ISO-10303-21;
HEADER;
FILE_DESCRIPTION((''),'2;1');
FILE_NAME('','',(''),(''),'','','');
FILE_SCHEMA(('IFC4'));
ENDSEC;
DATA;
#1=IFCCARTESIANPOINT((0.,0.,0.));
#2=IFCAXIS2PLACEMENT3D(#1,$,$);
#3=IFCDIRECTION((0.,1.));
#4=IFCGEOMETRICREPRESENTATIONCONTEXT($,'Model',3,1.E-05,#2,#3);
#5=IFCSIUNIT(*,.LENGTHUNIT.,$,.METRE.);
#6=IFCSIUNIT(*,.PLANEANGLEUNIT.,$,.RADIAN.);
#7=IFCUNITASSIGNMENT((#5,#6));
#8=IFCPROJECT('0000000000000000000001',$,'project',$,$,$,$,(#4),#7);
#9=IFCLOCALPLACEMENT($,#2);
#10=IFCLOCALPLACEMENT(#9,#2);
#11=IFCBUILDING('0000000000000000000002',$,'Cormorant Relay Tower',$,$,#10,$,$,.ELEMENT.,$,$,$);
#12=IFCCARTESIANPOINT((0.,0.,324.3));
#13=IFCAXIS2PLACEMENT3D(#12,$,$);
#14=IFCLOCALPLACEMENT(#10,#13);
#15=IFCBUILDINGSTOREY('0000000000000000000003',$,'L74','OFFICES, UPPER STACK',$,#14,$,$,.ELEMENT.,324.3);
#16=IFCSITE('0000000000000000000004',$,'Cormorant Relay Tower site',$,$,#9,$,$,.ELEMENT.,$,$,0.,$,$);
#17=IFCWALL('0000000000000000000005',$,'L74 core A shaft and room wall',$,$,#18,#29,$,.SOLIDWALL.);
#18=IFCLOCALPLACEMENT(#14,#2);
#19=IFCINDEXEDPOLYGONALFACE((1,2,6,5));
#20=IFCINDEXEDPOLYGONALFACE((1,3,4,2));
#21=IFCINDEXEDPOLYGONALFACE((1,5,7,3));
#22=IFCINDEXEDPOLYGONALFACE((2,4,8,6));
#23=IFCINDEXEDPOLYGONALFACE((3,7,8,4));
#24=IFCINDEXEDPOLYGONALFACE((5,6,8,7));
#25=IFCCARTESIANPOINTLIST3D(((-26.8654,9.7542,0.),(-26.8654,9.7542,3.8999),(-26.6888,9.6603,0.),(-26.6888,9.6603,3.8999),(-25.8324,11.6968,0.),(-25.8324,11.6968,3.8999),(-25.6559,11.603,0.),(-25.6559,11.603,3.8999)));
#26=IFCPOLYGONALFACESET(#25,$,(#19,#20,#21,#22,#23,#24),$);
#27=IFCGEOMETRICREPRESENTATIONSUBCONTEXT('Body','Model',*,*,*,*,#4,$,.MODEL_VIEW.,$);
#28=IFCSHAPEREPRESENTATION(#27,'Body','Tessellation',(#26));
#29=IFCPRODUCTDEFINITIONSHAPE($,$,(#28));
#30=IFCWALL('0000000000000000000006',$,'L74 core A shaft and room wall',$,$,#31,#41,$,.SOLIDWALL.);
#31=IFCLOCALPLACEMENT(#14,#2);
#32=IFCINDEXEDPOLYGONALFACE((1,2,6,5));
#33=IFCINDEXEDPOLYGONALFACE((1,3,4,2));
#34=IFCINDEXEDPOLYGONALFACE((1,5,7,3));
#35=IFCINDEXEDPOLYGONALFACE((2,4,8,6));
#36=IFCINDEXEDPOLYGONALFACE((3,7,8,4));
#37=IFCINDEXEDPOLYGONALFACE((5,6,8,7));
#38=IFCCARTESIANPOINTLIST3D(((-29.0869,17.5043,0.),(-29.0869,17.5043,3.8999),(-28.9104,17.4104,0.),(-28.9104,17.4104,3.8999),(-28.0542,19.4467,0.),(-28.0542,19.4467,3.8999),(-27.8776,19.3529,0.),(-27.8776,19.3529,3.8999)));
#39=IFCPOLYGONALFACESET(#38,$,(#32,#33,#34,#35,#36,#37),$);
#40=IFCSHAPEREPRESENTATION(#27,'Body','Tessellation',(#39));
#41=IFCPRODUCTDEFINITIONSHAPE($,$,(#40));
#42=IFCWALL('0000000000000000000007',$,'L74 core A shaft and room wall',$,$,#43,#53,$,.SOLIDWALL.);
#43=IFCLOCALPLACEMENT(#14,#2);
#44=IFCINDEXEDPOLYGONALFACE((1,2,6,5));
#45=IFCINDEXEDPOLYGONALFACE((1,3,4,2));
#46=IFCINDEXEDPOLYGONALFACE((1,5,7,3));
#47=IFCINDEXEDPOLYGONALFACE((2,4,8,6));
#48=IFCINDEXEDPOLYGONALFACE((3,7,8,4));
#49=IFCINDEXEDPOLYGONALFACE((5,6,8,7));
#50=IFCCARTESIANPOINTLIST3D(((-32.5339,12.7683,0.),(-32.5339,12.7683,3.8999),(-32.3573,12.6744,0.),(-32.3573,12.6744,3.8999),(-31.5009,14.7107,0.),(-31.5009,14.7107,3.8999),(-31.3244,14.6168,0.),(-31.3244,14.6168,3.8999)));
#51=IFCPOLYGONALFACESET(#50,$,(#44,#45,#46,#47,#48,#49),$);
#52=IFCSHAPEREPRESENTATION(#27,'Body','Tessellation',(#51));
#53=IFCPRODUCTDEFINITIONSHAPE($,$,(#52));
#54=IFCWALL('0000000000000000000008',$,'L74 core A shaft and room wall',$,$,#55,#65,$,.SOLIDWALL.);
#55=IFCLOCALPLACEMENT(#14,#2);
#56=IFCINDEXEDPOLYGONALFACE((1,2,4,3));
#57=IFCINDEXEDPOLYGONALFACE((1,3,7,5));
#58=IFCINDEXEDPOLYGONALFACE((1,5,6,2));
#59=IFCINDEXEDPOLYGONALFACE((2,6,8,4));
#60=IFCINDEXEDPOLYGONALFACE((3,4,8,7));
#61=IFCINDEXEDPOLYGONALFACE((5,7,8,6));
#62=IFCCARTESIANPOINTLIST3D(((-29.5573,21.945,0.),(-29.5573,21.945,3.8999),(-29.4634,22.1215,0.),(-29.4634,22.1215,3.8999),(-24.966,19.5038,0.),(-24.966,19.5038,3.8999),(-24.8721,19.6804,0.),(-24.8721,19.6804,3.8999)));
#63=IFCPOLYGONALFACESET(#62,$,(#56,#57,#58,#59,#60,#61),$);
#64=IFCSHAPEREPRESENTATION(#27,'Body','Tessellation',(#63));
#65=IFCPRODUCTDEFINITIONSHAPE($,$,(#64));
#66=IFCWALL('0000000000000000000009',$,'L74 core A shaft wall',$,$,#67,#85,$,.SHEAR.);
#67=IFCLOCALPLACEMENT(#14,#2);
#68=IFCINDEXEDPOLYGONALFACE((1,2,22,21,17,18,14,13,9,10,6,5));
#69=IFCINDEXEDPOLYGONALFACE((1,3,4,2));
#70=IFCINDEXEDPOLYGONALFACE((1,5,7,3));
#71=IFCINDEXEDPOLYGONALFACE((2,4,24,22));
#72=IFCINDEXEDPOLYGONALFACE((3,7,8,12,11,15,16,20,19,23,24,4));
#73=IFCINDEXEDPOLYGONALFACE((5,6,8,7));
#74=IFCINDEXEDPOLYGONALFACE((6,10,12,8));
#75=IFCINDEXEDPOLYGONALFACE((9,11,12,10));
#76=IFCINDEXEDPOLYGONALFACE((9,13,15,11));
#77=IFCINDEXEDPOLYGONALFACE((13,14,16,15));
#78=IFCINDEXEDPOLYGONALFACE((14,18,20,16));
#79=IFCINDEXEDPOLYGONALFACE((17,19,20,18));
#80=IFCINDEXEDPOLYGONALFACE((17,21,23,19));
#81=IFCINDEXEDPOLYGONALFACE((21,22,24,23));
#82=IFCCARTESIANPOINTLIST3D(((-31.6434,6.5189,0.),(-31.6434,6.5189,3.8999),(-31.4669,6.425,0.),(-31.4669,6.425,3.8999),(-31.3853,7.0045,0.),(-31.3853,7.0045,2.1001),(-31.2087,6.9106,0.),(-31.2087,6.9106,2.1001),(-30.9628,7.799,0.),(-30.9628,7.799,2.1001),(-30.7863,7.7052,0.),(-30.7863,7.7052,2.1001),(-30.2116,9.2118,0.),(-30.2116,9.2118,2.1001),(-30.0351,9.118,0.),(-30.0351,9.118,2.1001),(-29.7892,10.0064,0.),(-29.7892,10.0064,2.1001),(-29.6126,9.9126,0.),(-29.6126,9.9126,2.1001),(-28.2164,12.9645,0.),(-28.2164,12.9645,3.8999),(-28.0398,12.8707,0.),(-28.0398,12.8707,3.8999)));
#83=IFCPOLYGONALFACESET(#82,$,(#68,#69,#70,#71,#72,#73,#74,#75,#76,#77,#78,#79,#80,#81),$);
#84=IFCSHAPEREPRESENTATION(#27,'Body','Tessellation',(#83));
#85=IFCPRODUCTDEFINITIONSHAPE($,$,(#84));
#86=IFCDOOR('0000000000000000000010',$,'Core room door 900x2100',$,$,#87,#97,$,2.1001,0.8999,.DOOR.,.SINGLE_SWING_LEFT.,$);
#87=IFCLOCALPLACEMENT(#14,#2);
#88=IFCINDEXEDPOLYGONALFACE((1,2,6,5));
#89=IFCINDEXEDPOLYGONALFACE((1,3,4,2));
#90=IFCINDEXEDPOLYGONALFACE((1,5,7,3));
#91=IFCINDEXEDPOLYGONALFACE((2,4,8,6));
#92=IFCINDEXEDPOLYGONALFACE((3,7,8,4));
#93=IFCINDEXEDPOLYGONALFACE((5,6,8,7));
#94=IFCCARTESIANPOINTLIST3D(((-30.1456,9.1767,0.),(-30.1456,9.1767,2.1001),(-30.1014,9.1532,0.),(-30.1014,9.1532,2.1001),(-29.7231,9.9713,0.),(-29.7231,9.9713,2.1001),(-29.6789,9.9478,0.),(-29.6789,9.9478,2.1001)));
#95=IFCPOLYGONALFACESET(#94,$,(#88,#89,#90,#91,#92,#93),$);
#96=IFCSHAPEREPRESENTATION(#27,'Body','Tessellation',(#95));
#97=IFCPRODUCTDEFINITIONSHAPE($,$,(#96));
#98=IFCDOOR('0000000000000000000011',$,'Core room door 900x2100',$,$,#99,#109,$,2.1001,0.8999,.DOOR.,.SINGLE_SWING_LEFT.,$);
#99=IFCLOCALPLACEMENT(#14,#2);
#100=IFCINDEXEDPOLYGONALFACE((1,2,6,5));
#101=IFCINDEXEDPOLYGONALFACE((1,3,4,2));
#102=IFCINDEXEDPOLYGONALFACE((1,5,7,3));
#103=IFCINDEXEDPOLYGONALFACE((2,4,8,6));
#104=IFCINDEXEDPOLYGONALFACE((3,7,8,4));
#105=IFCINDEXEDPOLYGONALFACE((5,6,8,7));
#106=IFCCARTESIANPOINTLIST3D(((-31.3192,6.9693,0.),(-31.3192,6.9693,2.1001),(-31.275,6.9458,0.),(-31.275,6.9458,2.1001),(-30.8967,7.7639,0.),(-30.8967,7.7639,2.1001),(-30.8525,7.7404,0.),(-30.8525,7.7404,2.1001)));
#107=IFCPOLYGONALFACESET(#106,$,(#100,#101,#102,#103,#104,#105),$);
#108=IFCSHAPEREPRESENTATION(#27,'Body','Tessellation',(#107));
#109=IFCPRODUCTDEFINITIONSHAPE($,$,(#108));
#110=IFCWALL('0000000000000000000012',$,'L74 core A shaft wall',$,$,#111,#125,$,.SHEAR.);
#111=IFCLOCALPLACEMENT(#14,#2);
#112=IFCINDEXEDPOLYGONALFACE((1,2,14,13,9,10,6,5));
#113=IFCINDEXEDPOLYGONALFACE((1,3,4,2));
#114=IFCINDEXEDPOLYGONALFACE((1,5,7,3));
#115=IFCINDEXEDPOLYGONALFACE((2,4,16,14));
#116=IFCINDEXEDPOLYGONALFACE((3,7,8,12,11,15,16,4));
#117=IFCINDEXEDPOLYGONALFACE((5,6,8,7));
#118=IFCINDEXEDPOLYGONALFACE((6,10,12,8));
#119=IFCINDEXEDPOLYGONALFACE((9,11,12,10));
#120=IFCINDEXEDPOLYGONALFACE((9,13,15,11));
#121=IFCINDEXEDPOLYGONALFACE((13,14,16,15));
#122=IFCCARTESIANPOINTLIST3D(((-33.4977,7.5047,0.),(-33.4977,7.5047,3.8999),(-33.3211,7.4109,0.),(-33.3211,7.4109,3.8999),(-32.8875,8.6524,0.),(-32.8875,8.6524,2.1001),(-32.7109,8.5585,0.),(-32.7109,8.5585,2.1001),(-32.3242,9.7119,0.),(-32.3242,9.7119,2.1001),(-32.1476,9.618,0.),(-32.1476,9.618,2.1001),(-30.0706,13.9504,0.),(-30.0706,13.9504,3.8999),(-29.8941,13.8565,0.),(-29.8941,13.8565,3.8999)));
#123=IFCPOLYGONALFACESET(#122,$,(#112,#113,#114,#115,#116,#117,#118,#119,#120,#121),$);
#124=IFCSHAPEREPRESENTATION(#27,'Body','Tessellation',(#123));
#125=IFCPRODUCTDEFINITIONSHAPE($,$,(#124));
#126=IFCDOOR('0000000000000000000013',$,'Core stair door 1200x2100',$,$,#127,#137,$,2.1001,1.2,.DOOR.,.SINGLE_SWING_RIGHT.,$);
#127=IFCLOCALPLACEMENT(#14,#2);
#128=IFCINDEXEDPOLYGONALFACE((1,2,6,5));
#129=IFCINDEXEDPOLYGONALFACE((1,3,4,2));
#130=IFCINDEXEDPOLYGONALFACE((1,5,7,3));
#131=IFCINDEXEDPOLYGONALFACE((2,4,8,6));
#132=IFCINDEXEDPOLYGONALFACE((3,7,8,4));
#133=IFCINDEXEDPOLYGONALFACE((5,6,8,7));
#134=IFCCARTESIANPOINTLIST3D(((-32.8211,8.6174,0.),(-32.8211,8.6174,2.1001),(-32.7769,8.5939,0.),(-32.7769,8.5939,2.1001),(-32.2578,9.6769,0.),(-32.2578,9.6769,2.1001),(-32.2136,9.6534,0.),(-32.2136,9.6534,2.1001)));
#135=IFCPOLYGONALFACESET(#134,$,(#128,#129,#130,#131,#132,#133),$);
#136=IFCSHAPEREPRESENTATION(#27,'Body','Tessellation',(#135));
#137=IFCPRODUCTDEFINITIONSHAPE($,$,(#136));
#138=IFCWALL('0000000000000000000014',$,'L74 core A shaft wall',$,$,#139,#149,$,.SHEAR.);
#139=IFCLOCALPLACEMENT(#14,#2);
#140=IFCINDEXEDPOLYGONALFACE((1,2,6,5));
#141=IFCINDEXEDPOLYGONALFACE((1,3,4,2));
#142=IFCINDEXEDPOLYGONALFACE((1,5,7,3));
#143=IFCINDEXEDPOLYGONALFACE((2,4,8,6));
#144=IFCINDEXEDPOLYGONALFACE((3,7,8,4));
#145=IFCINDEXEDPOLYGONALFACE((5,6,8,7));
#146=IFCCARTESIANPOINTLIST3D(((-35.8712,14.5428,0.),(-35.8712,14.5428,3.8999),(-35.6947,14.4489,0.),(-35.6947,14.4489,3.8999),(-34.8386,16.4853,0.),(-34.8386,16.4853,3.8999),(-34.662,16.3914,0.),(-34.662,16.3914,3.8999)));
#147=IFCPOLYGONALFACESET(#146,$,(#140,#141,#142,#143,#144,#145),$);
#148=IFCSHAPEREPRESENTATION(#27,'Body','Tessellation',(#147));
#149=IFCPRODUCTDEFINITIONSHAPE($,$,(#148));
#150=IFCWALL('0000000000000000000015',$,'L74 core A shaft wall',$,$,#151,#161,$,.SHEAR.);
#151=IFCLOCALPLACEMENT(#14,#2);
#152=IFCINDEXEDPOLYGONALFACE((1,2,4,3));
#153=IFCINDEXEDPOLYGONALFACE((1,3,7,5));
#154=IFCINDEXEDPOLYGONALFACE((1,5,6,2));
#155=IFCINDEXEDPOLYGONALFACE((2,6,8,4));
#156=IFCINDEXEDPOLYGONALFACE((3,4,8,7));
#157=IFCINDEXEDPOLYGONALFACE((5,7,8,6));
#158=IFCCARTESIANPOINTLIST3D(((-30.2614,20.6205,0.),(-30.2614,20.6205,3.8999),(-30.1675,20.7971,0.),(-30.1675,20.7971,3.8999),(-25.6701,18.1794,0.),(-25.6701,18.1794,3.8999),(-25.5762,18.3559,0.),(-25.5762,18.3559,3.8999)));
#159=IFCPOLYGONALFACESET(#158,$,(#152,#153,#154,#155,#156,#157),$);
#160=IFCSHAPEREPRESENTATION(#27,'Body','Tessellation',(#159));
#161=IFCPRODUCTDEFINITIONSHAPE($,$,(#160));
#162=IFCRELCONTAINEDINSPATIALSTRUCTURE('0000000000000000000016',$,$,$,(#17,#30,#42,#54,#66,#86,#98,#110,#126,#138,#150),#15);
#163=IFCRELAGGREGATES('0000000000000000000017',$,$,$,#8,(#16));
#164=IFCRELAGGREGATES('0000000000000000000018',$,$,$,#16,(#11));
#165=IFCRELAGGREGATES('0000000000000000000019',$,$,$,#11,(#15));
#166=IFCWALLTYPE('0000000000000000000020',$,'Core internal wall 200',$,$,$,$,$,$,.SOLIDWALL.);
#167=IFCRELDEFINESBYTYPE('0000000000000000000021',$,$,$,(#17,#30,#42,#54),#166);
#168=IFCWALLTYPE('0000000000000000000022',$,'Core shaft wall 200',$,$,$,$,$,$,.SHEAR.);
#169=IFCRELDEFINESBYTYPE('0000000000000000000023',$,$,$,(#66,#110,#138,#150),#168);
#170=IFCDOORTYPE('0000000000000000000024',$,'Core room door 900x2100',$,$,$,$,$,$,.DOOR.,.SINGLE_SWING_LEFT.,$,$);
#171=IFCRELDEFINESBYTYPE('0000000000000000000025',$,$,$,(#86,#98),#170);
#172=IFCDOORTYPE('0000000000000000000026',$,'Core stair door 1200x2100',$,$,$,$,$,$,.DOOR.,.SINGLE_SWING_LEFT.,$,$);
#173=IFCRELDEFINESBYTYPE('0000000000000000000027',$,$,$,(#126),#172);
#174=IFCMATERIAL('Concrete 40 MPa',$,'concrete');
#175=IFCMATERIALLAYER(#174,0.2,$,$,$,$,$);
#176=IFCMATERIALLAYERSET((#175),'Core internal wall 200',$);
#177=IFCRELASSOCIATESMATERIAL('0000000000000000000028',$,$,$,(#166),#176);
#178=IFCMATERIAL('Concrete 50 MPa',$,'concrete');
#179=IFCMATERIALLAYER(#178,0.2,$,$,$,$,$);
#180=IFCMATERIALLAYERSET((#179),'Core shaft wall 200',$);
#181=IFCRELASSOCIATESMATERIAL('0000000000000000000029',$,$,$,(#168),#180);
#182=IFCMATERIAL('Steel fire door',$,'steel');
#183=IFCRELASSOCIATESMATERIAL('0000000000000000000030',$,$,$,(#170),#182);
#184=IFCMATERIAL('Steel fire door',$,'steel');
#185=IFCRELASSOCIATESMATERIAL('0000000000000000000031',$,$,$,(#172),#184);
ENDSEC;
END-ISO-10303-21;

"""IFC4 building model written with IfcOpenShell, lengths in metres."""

from ifc_helpers import new_model, si_unit, direction, frame, frame_2d, origin, place, context, subcontext, project, spatial, rectangle, extrude, material, layer, layer_set, type_object, element, fill, save


model = new_model("IFC4")

# Units and contexts
model_context = context("Model", 3, precision=1e-05, world=origin(), true_north=direction((0.0, 1.0)))
body_context = subcontext(model_context, "Body", "Model", "MODEL_VIEW")
ifc_project = project(units=[si_unit("LENGTHUNIT", "METRE"), si_unit("PLANEANGLEUNIT", "RADIAN")], contexts=[model_context])

# Site, building, storey
site_placement = place(None, origin())
site = spatial("IfcSite", under=ifc_project, at=site_placement, Name="Cormorant Relay Tower site", CompositionType="ELEMENT", RefElevation=0.0)
building_placement = place(site_placement, origin())
building = spatial("IfcBuilding", under=site, at=building_placement, Name="Cormorant Relay Tower", CompositionType="ELEMENT")
storey_placement = place(building_placement, frame((0.0, 0.0, 324.3)))
storey = spatial("IfcBuildingStorey", under=building, at=storey_placement, Name="L74", Description="OFFICES, UPPER STACK", CompositionType="ELEMENT", Elevation=324.3)

# Walls
ifc_material_1 = material(Name="Concrete 40 MPa", Category="concrete")
ifc_layer_1 = layer(ifc_material_1, 0.2)
ifc_layer_set_1 = layer_set([ifc_layer_1], Name="Core internal wall 200")
wall_type_1 = type_object("IfcWallType", Name="Core internal wall 200", PredefinedType="SOLIDWALL", material=ifc_layer_set_1)
wall_1_placement = place(storey_placement, frame((-25.7441, 11.6499, 0.0), z_axis=(0.0, 0.0, 1.0), x_axis=(-0.469488, -0.882939, 0.0)))
element("IfcWall", 1, at=wall_1_placement, inside=storey, type_object=wall_type_1, Name="L74 core A shaft and room wall", PredefinedType="SOLIDWALL", context=body_context, shape_type="SweptSolid", body=[
    extrude(rectangle(XDim=2.2002, YDim=0.2, at=frame_2d((1.1001, 0.0))), origin(), (0.0, 0.0, 1.0), 3.8999),
])
for number, where, z_axis, x_axis, name in (
    (2, (-27.9658, 19.3999, 0.0), (0.0, 0.0, 1.0), (-0.469447, -0.88296, 0.0), "L74 core A shaft and room wall"),
    (3, (-31.4126, 14.6638, 0.0), (0.0, 0.0, 1.0), (-0.469534, -0.882914, 0.0), "L74 core A shaft and room wall"),
):
    element("IfcWall", number, at=place(storey_placement, frame(where, z_axis=z_axis, x_axis=x_axis)), inside=storey, type_object=wall_type_1, Name=name, PredefinedType="SOLIDWALL", context=body_context, shape_type="SweptSolid", body=[
        extrude(rectangle(XDim=2.2, YDim=0.2, at=frame_2d((1.1001, 0.0))), origin(), (0.0, 0.0, 1.0), 3.8999),
    ])
wall_2_placement = place(storey_placement, frame((-24.9189, 19.592, 0.0), z_axis=(0.0, 0.0, 1.0), x_axis=(-0.882954, 0.46946, 0.0)))
element("IfcWall", 4, at=wall_2_placement, inside=storey, type_object=wall_type_1, Name="L74 core A shaft and room wall", PredefinedType="SOLIDWALL", context=body_context, shape_type="SweptSolid", body=[
    extrude(rectangle(XDim=5.2, YDim=0.2, at=frame_2d((2.6001, 0.0))), origin(), (0.0, 0.0, 1.0), 3.8999),
])

# Wall, openings, doors
ifc_material_2 = material(Name="Concrete 50 MPa", Category="concrete")
ifc_layer_2 = layer(ifc_material_2, 0.2)
ifc_layer_set_2 = layer_set([ifc_layer_2], Name="Core shaft wall 200")
wall_type_2 = type_object("IfcWallType", Name="Core shaft wall 200", PredefinedType="SHEAR", material=ifc_layer_set_2)
wall_3_placement = place(storey_placement, frame((-28.1282, 12.9175, 0.0), z_axis=(0.0, 0.0, 1.0), x_axis=(-0.469454, -0.882957, 0.0)))
wall_3 = element("IfcWall", 5, at=wall_3_placement, inside=storey, type_object=wall_type_2, Name="L74 core A shaft wall", PredefinedType="SHEAR", context=body_context, shape_type="SweptSolid", body=[
    extrude(rectangle(XDim=7.3, YDim=0.2, at=frame_2d((3.6499, 0.0))), origin(), (0.0, 0.0, 1.0), 3.8999),
])
opening_1_placement = place(wall_3_placement, frame((3.3501, 0.0, 0.0)))
opening_1 = element("IfcOpeningElement", 6, at=opening_1_placement, cuts=wall_3, PredefinedType="OPENING", context=body_context, shape_type="SweptSolid", body=[
    extrude(rectangle(XDim=0.8999, YDim=2.1001, at=frame_2d((0.45, 1.05))), frame((0.0, 0.1099, 0.0), z_axis=(0.0, -1.0, 0.0), x_axis=(1.0, 0.0, 0.0)), (0.0, 0.0, 1.0), 0.22),
])
opening_2_placement = place(wall_3_placement, frame((5.8501, 0.0, 0.0)))
opening_2 = element("IfcOpeningElement", 7, at=opening_2_placement, cuts=wall_3, PredefinedType="OPENING", context=body_context, shape_type="SweptSolid", body=[
    extrude(rectangle(XDim=0.8999, YDim=2.1001, at=frame_2d((0.45, 1.05))), frame((0.0, 0.1099, 0.0), z_axis=(0.0, -1.0, 0.0), x_axis=(1.0, 0.0, 0.0)), (0.0, 0.0, 1.0), 0.22),
])
ifc_material_3 = material(Name="Steel fire door", Category="steel")
door_type_1 = type_object("IfcDoorType", Name="Core room door 900x2100", OperationType="SINGLE_SWING_LEFT", PredefinedType="DOOR", material=ifc_material_3)
door_1_placement = place(opening_1_placement, origin())
door_1 = element("IfcDoor", 8, at=door_1_placement, inside=storey, type_object=door_type_1, Name="Core room door 900x2100", OperationType="SINGLE_SWING_LEFT", OverallHeight=2.1001, OverallWidth=0.8999, PredefinedType="DOOR", context=body_context, shape_type="SweptSolid", body=[
    extrude(rectangle(XDim=0.8999, YDim=2.1001, at=frame_2d((0.45, 1.05))), frame((0.0, 0.0249, 0.0), z_axis=(0.0, -1.0, 0.0), x_axis=(1.0, 0.0, 0.0)), (0.0, 0.0, 1.0), 0.05),
])
fill(opening_1, door_1)
door_2_placement = place(opening_2_placement, origin())
door_2 = element("IfcDoor", 9, at=door_2_placement, inside=storey, type_object=door_type_1, Name="Core room door 900x2100", OperationType="SINGLE_SWING_LEFT", OverallHeight=2.1001, OverallWidth=0.8999, PredefinedType="DOOR", context=body_context, shape_type="SweptSolid", body=[
    extrude(rectangle(XDim=0.8999, YDim=2.1001, at=frame_2d((0.45, 1.05))), frame((0.0, 0.0249, 0.0), z_axis=(0.0, -1.0, 0.0), x_axis=(1.0, 0.0, 0.0)), (0.0, 0.0, 1.0), 0.05),
])
fill(opening_2, door_2)

# Wall, opening, door
wall_4_placement = place(storey_placement, frame((-29.9824, 13.9033, 0.0), z_axis=(0.0, 0.0, 1.0), x_axis=(-0.469454, -0.882957, 0.0)))
wall_4 = element("IfcWall", 10, at=wall_4_placement, inside=storey, type_object=wall_type_2, Name="L74 core A shaft wall", PredefinedType="SHEAR", context=body_context, shape_type="SweptSolid", body=[
    extrude(rectangle(XDim=7.3, YDim=0.2, at=frame_2d((3.6499, 0.0))), origin(), (0.0, 0.0, 1.0), 3.8999),
])
opening_3_placement = place(wall_4_placement, frame((4.8, 0.0, 0.0)))
opening_3 = element("IfcOpeningElement", 11, at=opening_3_placement, cuts=wall_4, PredefinedType="OPENING", context=body_context, shape_type="SweptSolid", body=[
    extrude(rectangle(XDim=1.2, YDim=2.1001, at=frame_2d((0.6001, 1.05))), frame((0.0, 0.1099, 0.0), z_axis=(0.0, -1.0, 0.0), x_axis=(1.0, 0.0, 0.0)), (0.0, 0.0, 1.0), 0.22),
])
ifc_material_4 = material(Name="Steel fire door", Category="steel")
door_type_2 = type_object("IfcDoorType", Name="Core stair door 1200x2100", OperationType="SINGLE_SWING_LEFT", PredefinedType="DOOR", material=ifc_material_4)
door_3_placement = place(opening_3_placement, frame((1.2, 0.0, 0.0), z_axis=(0.0, 0.0, 1.0), x_axis=(-1.0, 0.0, 0.0)))
door_3 = element("IfcDoor", 12, at=door_3_placement, inside=storey, type_object=door_type_2, Name="Core stair door 1200x2100", OperationType="SINGLE_SWING_RIGHT", OverallHeight=2.1001, OverallWidth=1.2, PredefinedType="DOOR", context=body_context, shape_type="SweptSolid", body=[
    extrude(rectangle(XDim=1.2, YDim=2.1001, at=frame_2d((0.6001, 1.05))), frame((0.0, 0.0249, 0.0), z_axis=(0.0, -1.0, 0.0), x_axis=(1.0, 0.0, 0.0)), (0.0, 0.0, 1.0), 0.05),
])
fill(opening_3, door_3)

# Walls
wall_5_placement = place(storey_placement, frame((-34.7502, 16.4385, 0.0), z_axis=(0.0, 0.0, 1.0), x_axis=(-0.469401, -0.882985, 0.0)))
element("IfcWall", 13, at=wall_5_placement, inside=storey, type_object=wall_type_2, Name="L74 core A shaft wall", PredefinedType="SHEAR", context=body_context, shape_type="SweptSolid", body=[
    extrude(rectangle(XDim=2.2, YDim=0.2, at=frame_2d((1.1001, 0.0))), origin(), (0.0, 0.0, 1.0), 3.8999),
])
wall_6_placement = place(storey_placement, frame((-25.623, 18.2676, 0.0), z_axis=(0.0, 0.0, 1.0), x_axis=(-0.882954, 0.46946, 0.0)))
element("IfcWall", 14, at=wall_6_placement, inside=storey, type_object=wall_type_2, Name="L74 core A shaft wall", PredefinedType="SHEAR", context=body_context, shape_type="SweptSolid", body=[
    extrude(rectangle(XDim=5.2, YDim=0.2, at=frame_2d((2.6001, 0.0))), origin(), (0.0, 0.0, 1.0), 3.8999),
])

save(model, "model.ifc")
